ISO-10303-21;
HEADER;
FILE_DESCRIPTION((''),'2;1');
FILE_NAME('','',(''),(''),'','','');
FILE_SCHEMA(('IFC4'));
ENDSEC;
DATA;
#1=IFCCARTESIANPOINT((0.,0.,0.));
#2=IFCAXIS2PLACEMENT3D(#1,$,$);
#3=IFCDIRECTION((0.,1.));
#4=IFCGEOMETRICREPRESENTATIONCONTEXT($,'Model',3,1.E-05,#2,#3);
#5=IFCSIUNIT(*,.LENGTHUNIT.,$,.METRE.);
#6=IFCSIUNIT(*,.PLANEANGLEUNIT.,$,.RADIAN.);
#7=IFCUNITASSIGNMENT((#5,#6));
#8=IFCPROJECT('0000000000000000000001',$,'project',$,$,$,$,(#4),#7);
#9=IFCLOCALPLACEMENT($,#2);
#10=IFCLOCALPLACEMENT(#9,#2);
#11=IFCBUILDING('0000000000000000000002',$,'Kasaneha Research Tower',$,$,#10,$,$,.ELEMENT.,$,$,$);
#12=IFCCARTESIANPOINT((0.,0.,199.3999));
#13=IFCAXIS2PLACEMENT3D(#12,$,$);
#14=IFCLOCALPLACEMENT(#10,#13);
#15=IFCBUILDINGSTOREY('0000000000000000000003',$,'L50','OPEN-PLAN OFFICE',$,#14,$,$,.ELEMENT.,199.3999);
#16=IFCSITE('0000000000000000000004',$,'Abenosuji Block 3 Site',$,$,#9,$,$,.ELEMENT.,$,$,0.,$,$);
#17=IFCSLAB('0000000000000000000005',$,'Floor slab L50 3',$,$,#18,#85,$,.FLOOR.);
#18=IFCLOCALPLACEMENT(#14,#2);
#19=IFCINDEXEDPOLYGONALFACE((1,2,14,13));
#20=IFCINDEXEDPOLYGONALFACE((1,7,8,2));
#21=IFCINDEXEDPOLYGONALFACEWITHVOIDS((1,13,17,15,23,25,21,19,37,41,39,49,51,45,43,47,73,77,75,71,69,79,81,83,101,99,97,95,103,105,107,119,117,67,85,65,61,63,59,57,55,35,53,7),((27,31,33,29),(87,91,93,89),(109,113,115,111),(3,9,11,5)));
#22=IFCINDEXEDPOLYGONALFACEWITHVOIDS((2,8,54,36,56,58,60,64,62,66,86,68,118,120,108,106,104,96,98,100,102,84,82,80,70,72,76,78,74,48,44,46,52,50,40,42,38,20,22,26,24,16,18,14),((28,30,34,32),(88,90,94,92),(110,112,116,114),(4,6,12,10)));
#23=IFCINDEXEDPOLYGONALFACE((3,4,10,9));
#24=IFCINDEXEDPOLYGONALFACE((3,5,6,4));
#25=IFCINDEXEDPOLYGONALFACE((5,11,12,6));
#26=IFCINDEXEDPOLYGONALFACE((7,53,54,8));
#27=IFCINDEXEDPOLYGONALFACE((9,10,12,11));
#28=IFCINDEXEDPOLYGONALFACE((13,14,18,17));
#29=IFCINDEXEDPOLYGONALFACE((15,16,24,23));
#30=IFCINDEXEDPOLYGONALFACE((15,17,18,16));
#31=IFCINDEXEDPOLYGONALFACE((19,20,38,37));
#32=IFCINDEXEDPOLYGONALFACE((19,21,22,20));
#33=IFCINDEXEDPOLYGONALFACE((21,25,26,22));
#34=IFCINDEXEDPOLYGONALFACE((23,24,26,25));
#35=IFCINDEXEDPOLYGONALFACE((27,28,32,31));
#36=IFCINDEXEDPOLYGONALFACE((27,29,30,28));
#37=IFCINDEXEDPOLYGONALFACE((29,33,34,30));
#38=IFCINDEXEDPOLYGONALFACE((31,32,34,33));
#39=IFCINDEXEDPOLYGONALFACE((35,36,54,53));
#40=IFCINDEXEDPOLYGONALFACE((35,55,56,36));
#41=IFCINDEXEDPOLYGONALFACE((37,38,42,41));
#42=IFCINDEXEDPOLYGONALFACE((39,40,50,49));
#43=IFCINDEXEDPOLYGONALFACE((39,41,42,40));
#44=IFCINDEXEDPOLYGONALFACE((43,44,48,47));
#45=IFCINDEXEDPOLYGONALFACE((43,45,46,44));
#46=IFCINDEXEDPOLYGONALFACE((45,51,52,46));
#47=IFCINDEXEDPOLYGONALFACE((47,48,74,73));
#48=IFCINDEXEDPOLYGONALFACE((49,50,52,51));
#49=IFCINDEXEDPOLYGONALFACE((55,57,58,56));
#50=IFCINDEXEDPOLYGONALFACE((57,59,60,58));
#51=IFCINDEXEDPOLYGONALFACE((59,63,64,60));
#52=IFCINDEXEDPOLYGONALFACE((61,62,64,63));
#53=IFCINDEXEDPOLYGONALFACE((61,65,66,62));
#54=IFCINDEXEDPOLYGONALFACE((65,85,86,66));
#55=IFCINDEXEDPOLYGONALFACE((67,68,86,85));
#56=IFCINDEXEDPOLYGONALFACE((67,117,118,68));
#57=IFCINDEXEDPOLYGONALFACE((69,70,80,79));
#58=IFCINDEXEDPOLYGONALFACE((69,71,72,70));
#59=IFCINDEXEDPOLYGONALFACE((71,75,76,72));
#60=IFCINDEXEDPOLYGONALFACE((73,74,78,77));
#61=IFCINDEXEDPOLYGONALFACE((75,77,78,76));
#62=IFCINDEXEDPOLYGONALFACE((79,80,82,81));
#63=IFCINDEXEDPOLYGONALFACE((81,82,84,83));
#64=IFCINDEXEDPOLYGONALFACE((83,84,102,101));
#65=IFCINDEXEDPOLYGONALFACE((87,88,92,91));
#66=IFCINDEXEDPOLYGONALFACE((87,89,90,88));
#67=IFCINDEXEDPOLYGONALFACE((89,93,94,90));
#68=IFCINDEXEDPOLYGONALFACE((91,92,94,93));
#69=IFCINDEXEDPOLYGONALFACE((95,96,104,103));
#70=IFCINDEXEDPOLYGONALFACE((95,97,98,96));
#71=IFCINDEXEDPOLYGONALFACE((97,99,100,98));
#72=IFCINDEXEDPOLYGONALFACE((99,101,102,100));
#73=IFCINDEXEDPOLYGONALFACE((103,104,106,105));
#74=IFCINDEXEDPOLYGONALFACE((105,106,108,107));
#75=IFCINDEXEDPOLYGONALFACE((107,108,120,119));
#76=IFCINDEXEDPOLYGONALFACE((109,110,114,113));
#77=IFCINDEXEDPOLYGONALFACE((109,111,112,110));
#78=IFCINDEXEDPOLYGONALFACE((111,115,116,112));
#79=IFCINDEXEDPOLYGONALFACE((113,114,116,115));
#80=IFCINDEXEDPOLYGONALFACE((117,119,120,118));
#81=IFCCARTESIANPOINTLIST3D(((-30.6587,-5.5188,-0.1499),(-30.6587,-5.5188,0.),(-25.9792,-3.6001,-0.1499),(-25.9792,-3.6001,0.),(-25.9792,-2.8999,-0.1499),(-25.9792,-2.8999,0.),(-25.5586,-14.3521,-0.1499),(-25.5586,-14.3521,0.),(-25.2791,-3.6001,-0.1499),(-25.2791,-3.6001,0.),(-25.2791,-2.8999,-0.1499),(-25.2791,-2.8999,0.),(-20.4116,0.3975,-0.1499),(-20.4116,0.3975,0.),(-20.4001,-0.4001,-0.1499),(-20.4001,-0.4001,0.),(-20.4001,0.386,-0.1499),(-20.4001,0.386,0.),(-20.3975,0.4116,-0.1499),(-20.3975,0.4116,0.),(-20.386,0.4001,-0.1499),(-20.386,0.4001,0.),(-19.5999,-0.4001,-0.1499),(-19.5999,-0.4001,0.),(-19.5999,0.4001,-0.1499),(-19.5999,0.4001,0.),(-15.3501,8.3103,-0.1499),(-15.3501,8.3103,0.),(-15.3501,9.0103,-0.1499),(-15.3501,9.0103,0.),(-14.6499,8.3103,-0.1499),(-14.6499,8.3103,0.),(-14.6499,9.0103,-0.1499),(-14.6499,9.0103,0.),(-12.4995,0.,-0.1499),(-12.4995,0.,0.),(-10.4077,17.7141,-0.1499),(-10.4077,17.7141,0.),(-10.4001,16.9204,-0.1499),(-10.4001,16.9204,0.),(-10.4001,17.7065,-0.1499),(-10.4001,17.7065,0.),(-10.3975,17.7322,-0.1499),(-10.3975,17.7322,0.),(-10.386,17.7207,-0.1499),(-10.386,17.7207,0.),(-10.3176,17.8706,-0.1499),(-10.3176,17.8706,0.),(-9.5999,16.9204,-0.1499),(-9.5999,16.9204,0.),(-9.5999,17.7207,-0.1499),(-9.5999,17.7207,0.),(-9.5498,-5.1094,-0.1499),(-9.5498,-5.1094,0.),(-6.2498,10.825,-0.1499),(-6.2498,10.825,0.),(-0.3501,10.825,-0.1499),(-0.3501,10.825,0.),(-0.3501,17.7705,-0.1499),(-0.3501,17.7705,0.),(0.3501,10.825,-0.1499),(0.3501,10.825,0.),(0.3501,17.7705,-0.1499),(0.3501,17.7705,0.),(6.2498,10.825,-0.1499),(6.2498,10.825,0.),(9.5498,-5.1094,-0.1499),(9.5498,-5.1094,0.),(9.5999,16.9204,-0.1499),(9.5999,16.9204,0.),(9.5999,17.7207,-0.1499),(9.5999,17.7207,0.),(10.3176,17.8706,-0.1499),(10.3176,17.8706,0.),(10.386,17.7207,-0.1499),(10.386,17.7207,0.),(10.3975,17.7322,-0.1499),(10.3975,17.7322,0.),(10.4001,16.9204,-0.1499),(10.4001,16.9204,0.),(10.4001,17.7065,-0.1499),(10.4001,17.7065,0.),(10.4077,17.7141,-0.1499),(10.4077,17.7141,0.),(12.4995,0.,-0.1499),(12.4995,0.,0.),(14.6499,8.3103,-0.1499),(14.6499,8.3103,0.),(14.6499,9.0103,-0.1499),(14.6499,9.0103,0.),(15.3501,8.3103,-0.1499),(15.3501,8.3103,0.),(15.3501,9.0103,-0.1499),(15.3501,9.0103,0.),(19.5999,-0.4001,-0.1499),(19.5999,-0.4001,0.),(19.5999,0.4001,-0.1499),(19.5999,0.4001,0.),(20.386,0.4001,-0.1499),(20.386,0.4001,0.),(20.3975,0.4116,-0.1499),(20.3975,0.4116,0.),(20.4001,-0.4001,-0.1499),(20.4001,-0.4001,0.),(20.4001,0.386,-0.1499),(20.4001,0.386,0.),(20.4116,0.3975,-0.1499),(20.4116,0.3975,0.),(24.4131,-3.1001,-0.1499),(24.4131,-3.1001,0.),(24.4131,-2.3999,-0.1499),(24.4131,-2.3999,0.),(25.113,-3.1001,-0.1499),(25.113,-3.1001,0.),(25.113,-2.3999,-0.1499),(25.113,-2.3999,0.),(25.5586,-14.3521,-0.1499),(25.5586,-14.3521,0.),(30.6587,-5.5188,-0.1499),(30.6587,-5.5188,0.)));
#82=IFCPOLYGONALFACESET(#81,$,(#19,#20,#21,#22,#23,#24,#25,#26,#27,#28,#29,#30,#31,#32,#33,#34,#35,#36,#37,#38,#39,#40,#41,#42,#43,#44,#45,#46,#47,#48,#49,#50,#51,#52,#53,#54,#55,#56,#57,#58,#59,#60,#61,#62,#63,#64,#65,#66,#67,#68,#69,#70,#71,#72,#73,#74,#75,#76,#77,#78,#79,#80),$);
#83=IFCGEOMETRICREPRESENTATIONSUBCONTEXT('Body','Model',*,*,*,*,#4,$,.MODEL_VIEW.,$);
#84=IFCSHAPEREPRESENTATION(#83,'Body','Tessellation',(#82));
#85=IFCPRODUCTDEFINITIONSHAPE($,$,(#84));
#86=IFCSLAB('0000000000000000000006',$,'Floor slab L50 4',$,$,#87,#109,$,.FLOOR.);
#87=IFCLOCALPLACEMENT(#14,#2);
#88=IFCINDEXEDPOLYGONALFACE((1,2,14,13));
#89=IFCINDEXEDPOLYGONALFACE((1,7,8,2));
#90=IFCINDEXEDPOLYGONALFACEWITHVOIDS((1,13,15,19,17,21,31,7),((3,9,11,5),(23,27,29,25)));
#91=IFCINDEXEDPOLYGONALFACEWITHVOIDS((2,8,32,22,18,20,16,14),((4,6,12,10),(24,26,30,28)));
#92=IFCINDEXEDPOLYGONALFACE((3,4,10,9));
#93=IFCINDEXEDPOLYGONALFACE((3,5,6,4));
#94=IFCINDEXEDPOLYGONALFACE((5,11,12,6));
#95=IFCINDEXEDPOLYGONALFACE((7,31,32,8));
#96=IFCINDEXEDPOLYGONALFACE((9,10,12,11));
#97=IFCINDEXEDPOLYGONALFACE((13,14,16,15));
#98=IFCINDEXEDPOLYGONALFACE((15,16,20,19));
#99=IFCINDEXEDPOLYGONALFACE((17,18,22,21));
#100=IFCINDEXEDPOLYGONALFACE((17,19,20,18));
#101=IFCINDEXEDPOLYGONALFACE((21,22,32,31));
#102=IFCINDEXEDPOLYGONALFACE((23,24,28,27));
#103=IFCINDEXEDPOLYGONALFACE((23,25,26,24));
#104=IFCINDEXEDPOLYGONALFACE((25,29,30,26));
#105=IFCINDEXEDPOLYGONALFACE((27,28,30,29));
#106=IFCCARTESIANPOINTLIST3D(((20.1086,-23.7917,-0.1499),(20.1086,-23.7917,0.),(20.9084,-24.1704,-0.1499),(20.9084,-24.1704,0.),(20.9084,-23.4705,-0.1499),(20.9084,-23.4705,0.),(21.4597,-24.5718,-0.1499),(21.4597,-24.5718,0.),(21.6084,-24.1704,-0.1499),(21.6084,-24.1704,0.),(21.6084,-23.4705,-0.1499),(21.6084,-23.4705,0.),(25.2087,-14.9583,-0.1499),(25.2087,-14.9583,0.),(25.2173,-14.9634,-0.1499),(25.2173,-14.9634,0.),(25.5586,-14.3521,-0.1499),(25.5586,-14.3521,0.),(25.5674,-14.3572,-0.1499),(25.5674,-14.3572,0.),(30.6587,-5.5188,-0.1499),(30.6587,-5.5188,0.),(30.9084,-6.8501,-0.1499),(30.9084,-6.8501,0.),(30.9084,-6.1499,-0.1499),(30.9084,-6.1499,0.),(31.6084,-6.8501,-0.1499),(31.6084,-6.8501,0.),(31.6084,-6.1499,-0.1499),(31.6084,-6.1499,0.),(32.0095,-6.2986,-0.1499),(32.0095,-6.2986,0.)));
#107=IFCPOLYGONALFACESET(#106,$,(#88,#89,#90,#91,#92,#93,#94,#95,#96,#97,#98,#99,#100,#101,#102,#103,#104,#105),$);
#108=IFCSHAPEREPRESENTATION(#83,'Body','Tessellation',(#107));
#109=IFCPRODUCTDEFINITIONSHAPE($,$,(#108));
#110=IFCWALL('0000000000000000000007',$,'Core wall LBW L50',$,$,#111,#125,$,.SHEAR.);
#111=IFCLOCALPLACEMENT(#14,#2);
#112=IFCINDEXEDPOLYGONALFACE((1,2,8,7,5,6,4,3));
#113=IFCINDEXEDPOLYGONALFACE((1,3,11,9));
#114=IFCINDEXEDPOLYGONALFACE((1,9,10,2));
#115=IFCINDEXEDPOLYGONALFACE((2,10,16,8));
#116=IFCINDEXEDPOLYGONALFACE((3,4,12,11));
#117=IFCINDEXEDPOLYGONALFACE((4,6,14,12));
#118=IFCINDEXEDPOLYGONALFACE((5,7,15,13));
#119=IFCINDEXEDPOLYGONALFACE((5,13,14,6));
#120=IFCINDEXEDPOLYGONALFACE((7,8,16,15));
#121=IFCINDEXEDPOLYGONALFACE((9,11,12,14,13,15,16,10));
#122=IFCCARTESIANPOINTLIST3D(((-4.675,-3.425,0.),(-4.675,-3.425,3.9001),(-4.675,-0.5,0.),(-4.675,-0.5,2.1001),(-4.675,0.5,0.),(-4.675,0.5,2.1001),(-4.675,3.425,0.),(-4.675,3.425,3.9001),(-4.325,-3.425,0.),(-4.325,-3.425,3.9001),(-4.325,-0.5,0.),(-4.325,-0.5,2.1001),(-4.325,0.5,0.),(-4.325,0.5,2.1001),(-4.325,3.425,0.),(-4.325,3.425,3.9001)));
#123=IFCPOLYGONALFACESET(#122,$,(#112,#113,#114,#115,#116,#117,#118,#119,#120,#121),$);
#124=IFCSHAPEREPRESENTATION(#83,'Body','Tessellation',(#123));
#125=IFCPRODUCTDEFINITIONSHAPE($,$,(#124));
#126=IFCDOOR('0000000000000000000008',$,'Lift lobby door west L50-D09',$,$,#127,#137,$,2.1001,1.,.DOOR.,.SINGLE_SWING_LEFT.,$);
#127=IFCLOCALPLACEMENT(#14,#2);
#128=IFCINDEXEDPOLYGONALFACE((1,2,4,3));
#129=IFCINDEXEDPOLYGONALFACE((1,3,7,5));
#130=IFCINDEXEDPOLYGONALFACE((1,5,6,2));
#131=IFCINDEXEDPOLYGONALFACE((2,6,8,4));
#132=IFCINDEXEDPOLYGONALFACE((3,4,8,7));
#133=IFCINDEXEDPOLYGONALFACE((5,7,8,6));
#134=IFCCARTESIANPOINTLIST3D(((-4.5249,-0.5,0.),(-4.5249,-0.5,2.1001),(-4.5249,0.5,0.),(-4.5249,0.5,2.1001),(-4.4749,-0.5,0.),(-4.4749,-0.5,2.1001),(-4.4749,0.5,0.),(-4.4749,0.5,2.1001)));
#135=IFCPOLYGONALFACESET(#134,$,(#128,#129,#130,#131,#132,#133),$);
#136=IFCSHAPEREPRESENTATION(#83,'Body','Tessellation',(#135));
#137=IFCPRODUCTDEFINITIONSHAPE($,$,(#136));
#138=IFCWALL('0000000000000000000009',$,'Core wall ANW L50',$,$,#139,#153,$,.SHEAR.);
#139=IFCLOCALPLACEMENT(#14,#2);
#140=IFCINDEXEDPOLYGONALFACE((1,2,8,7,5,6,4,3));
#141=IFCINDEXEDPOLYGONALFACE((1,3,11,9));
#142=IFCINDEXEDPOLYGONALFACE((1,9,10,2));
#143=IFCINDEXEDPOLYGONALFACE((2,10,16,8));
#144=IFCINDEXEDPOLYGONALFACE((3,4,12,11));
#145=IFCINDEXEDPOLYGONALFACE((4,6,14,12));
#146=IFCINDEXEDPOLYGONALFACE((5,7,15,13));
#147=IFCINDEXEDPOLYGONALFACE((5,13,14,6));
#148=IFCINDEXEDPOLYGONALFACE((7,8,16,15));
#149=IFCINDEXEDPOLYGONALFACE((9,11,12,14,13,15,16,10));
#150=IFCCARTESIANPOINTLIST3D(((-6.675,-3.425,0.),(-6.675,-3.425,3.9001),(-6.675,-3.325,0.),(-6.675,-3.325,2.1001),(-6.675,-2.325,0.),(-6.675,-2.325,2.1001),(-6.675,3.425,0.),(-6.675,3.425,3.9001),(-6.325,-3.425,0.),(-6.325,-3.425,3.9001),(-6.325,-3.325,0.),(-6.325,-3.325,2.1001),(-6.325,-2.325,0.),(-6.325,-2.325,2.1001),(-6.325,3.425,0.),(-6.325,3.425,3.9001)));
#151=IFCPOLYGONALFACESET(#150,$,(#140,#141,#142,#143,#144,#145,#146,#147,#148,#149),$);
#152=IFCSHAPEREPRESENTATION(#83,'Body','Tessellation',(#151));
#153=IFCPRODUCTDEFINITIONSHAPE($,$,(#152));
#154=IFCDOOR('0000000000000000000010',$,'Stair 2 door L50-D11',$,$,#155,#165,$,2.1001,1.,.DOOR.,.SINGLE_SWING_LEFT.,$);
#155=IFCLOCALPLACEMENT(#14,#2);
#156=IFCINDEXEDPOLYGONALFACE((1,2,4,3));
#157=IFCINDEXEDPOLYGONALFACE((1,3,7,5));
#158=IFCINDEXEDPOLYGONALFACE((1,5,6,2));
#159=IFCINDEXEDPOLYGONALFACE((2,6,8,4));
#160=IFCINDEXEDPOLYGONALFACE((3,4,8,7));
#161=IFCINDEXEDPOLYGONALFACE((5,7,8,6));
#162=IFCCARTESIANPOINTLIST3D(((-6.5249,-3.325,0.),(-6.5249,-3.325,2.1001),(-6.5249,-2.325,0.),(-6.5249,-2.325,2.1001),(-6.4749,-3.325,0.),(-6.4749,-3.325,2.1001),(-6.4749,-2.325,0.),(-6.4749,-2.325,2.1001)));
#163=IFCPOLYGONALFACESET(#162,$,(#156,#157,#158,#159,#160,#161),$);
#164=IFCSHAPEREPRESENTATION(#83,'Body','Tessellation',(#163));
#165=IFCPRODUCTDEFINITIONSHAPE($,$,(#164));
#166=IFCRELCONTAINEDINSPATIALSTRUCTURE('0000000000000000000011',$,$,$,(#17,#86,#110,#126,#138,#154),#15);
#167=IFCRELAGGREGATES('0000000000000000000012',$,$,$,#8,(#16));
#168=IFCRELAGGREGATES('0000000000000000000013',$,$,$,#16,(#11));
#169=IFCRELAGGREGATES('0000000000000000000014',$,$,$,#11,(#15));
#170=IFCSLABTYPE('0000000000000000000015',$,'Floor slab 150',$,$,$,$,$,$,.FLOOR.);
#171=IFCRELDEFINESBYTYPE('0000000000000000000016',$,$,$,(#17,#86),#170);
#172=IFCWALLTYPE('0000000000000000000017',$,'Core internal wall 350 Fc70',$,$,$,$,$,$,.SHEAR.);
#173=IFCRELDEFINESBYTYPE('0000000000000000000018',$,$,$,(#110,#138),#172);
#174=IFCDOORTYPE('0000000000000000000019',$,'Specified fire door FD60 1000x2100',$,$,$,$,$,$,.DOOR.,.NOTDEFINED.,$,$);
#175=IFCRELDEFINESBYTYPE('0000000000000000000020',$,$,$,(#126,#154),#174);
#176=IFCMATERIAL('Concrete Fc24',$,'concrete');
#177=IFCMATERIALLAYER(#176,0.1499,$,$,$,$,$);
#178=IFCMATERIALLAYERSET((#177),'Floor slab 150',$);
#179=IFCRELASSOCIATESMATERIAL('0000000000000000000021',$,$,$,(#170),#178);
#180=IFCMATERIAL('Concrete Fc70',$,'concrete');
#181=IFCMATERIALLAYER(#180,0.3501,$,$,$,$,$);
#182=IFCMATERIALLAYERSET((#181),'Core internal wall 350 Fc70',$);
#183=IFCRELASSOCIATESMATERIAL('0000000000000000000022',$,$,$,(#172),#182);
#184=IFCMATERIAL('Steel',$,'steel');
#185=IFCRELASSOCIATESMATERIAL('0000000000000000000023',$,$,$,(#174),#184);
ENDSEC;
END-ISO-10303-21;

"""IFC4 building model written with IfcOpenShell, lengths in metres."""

from ifc_helpers import new_model, si_unit, direction, frame, frame_2d, origin, place, context, subcontext, project, spatial, polyline, rectangle, outline, extrude, material, layer, layer_set, type_object, element, fill, save


model = new_model("IFC4")

# Units and contexts
model_context = context("Model", 3, precision=1e-05, world=origin(), true_north=direction((0.0, 1.0)))
body_context = subcontext(model_context, "Body", "Model", "MODEL_VIEW")
ifc_project = project(units=[si_unit("LENGTHUNIT", "METRE"), si_unit("PLANEANGLEUNIT", "RADIAN")], contexts=[model_context])

# Site, building, storey
site_placement = place(None, origin())
site = spatial("IfcSite", under=ifc_project, at=site_placement, Name="Abenosuji Block 3 Site", CompositionType="ELEMENT", RefElevation=0.0)
building_placement = place(site_placement, origin())
building = spatial("IfcBuilding", under=site, at=building_placement, Name="Kasaneha Research Tower", CompositionType="ELEMENT")
storey_placement = place(building_placement, frame((0.0, 0.0, 199.3999)))
storey = spatial("IfcBuildingStorey", under=building, at=storey_placement, Name="L50", Description="OPEN-PLAN OFFICE", CompositionType="ELEMENT", Elevation=199.3999)

# Slabs
ifc_material_1 = material(Name="Concrete Fc24", Category="concrete")
ifc_layer_1 = layer(ifc_material_1, 0.1499)
ifc_layer_set_1 = layer_set([ifc_layer_1], Name="Floor slab 150")
slab_type_1 = type_object("IfcSlabType", Name="Floor slab 150", PredefinedType="FLOOR", material=ifc_layer_set_1)
slab_1_placement = place(storey_placement, frame((0.0, 0.0, -0.1499)))
element("IfcSlab", 1, at=slab_1_placement, inside=storey, type_object=slab_type_1, Name="Floor slab L50 3", PredefinedType="FLOOR", context=body_context, shape_type="SweptSolid", body=[
    extrude(outline(polyline([(-20.4001, -0.4001), (-19.5999, -0.4001), (-19.5999, 0.4001), (-20.386, 0.4001), (-20.3975, 0.4116), (-10.4077, 17.7141), (-10.4001, 17.7065), (-10.4001, 16.9204), (-9.5999, 16.9204), (-9.5999, 17.7207), (-10.386, 17.7207), (-10.3975, 17.7322), (-10.3176, 17.8706), (10.3176, 17.8706), (10.3975, 17.7322), (10.386, 17.7207), (9.5999, 17.7207), (9.5999, 16.9204), (10.4001, 16.9204), (10.4001, 17.7065), (10.4077, 17.7141), (20.3975, 0.4116), (20.386, 0.4001), (19.5999, 0.4001), (19.5999, -0.4001), (20.4001, -0.4001), (20.4001, 0.386), (20.4116, 0.3975), (30.6587, -5.5188), (25.5586, -14.3521), (9.5498, -5.1094), (12.4995, 0.0), (6.2498, 10.825), (0.3501, 10.825), (0.3501, 17.7705), (-0.3501, 17.7705), (-0.3501, 10.825), (-6.2498, 10.825), (-12.4995, 0.0), (-9.5498, -5.1094), (-25.5586, -14.3521), (-30.6587, -5.5188), (-20.4116, 0.3975), (-20.4001, 0.386), (-20.4001, -0.4001)]), holes=[polyline([(-25.2791, -3.6001), (-25.2791, -2.8999), (-25.9792, -2.8999), (-25.9792, -3.6001), (-25.2791, -3.6001)]), polyline([(-15.3501, 8.3103), (-14.6499, 8.3103), (-14.6499, 9.0103), (-15.3501, 9.0103), (-15.3501, 8.3103)]), polyline([(24.4131, -3.1001), (25.113, -3.1001), (25.113, -2.3999), (24.4131, -2.3999), (24.4131, -3.1001)]), polyline([(14.6499, 8.3103), (15.3501, 8.3103), (15.3501, 9.0103), (14.6499, 9.0103), (14.6499, 8.3103)])]), origin(), (0.0, 0.0, 1.0), 0.1499),
])
slab_2_placement = place(storey_placement, frame((0.0, 0.0, -0.1499)))
element("IfcSlab", 2, at=slab_2_placement, inside=storey, type_object=slab_type_1, Name="Floor slab L50 4", PredefinedType="FLOOR", context=body_context, shape_type="SweptSolid", body=[
    extrude(outline(polyline([(32.0095, -6.2986), (21.4597, -24.5718), (20.1086, -23.7917), (25.2087, -14.9583), (25.2173, -14.9634), (25.5674, -14.3572), (25.5586, -14.3521), (30.6587, -5.5188), (32.0095, -6.2986)]), holes=[polyline([(21.6084, -24.1704), (21.6084, -23.4705), (20.9084, -23.4705), (20.9084, -24.1704), (21.6084, -24.1704)]), polyline([(31.6084, -6.8501), (31.6084, -6.1499), (30.9084, -6.1499), (30.9084, -6.8501), (31.6084, -6.8501)])]), origin(), (0.0, 0.0, 1.0), 0.1499),
])

# Shared definitions
ifc_material_2 = material(Name="Concrete Fc70", Category="concrete")
ifc_layer_2 = layer(ifc_material_2, 0.3501)
ifc_layer_set_2 = layer_set([ifc_layer_2], Name="Core internal wall 350 Fc70")
wall_type = type_object("IfcWallType", Name="Core internal wall 350 Fc70", PredefinedType="SHEAR", material=ifc_layer_set_2)

# Walls, openings, doors
wall_1_placement = place(storey_placement, frame((-4.5, -3.425, 0.0), z_axis=(0.0, 0.0, 1.0), x_axis=(0.0, 1.0, 0.0)))
wall_1 = element("IfcWall", 3, at=wall_1_placement, inside=storey, type_object=wall_type, Name="Core wall LBW L50", PredefinedType="SHEAR", context=body_context, shape_type="SweptSolid", body=[
    extrude(rectangle(XDim=6.8501, YDim=0.3501, at=frame_2d((3.425, 0.0))), origin(), (0.0, 0.0, 1.0), 3.9001),
])
opening_1_placement = place(wall_1_placement, frame((2.925, 0.0, 0.0)))
opening_1 = element("IfcOpeningElement", 4, at=opening_1_placement, cuts=wall_1, PredefinedType="OPENING", context=body_context, shape_type="SweptSolid", body=[
    extrude(rectangle(XDim=1.0, YDim=2.1001, at=frame_2d((0.5, 1.05))), frame((0.0, 0.1851, 0.0), z_axis=(0.0, -1.0, 0.0), x_axis=(1.0, 0.0, 0.0)), (0.0, 0.0, 1.0), 0.3701),
])
ifc_material_3 = material(Name="Steel", Category="steel")
door_type_1 = type_object("IfcDoorType", Name="Specified fire door FD60 1000x2100", OperationType="NOTDEFINED", PredefinedType="DOOR", material=ifc_material_3)
door_1_placement = place(opening_1_placement, origin())
door_1 = element("IfcDoor", 5, at=door_1_placement, inside=storey, type_object=door_type_1, Name="Lift lobby door west L50-D09", OperationType="SINGLE_SWING_LEFT", OverallHeight=2.1001, OverallWidth=1.0, PredefinedType="DOOR", context=body_context, shape_type="SweptSolid", body=[
    extrude(rectangle(XDim=1.0, YDim=2.1001, at=frame_2d((0.5, 1.05))), frame((0.0, 0.0249, 0.0), z_axis=(0.0, -1.0, 0.0), x_axis=(1.0, 0.0, 0.0)), (0.0, 0.0, 1.0), 0.05),
])
fill(opening_1, door_1)
wall_2_placement = place(storey_placement, frame((-6.5, -3.425, 0.0), z_axis=(0.0, 0.0, 1.0), x_axis=(0.0, 1.0, 0.0)))
wall_2 = element("IfcWall", 6, at=wall_2_placement, inside=storey, type_object=wall_type, Name="Core wall ANW L50", PredefinedType="SHEAR", context=body_context, shape_type="SweptSolid", body=[
    extrude(rectangle(XDim=6.8501, YDim=0.3501, at=frame_2d((3.425, 0.0))), origin(), (0.0, 0.0, 1.0), 3.9001),
])
opening_2_placement = place(wall_2_placement, frame((0.1001, 0.0, 0.0)))
opening_2 = element("IfcOpeningElement", 7, at=opening_2_placement, cuts=wall_2, PredefinedType="OPENING", context=body_context, shape_type="SweptSolid", body=[
    extrude(rectangle(XDim=1.0, YDim=2.1001, at=frame_2d((0.5, 1.05))), frame((0.0, 0.1851, 0.0), z_axis=(0.0, -1.0, 0.0), x_axis=(1.0, 0.0, 0.0)), (0.0, 0.0, 1.0), 0.3701),
])
door_2_placement = place(opening_2_placement, origin())
door_2 = element("IfcDoor", 8, at=door_2_placement, inside=storey, type_object=door_type_1, Name="Stair 2 door L50-D11", OperationType="SINGLE_SWING_LEFT", OverallHeight=2.1001, OverallWidth=1.0, PredefinedType="DOOR", context=body_context, shape_type="SweptSolid", body=[
    extrude(rectangle(XDim=1.0, YDim=2.1001, at=frame_2d((0.5, 1.05))), frame((0.0, 0.0249, 0.0), z_axis=(0.0, -1.0, 0.0), x_axis=(1.0, 0.0, 0.0)), (0.0, 0.0, 1.0), 0.05),
])
fill(opening_2, door_2)

save(model, "model.ifc")
